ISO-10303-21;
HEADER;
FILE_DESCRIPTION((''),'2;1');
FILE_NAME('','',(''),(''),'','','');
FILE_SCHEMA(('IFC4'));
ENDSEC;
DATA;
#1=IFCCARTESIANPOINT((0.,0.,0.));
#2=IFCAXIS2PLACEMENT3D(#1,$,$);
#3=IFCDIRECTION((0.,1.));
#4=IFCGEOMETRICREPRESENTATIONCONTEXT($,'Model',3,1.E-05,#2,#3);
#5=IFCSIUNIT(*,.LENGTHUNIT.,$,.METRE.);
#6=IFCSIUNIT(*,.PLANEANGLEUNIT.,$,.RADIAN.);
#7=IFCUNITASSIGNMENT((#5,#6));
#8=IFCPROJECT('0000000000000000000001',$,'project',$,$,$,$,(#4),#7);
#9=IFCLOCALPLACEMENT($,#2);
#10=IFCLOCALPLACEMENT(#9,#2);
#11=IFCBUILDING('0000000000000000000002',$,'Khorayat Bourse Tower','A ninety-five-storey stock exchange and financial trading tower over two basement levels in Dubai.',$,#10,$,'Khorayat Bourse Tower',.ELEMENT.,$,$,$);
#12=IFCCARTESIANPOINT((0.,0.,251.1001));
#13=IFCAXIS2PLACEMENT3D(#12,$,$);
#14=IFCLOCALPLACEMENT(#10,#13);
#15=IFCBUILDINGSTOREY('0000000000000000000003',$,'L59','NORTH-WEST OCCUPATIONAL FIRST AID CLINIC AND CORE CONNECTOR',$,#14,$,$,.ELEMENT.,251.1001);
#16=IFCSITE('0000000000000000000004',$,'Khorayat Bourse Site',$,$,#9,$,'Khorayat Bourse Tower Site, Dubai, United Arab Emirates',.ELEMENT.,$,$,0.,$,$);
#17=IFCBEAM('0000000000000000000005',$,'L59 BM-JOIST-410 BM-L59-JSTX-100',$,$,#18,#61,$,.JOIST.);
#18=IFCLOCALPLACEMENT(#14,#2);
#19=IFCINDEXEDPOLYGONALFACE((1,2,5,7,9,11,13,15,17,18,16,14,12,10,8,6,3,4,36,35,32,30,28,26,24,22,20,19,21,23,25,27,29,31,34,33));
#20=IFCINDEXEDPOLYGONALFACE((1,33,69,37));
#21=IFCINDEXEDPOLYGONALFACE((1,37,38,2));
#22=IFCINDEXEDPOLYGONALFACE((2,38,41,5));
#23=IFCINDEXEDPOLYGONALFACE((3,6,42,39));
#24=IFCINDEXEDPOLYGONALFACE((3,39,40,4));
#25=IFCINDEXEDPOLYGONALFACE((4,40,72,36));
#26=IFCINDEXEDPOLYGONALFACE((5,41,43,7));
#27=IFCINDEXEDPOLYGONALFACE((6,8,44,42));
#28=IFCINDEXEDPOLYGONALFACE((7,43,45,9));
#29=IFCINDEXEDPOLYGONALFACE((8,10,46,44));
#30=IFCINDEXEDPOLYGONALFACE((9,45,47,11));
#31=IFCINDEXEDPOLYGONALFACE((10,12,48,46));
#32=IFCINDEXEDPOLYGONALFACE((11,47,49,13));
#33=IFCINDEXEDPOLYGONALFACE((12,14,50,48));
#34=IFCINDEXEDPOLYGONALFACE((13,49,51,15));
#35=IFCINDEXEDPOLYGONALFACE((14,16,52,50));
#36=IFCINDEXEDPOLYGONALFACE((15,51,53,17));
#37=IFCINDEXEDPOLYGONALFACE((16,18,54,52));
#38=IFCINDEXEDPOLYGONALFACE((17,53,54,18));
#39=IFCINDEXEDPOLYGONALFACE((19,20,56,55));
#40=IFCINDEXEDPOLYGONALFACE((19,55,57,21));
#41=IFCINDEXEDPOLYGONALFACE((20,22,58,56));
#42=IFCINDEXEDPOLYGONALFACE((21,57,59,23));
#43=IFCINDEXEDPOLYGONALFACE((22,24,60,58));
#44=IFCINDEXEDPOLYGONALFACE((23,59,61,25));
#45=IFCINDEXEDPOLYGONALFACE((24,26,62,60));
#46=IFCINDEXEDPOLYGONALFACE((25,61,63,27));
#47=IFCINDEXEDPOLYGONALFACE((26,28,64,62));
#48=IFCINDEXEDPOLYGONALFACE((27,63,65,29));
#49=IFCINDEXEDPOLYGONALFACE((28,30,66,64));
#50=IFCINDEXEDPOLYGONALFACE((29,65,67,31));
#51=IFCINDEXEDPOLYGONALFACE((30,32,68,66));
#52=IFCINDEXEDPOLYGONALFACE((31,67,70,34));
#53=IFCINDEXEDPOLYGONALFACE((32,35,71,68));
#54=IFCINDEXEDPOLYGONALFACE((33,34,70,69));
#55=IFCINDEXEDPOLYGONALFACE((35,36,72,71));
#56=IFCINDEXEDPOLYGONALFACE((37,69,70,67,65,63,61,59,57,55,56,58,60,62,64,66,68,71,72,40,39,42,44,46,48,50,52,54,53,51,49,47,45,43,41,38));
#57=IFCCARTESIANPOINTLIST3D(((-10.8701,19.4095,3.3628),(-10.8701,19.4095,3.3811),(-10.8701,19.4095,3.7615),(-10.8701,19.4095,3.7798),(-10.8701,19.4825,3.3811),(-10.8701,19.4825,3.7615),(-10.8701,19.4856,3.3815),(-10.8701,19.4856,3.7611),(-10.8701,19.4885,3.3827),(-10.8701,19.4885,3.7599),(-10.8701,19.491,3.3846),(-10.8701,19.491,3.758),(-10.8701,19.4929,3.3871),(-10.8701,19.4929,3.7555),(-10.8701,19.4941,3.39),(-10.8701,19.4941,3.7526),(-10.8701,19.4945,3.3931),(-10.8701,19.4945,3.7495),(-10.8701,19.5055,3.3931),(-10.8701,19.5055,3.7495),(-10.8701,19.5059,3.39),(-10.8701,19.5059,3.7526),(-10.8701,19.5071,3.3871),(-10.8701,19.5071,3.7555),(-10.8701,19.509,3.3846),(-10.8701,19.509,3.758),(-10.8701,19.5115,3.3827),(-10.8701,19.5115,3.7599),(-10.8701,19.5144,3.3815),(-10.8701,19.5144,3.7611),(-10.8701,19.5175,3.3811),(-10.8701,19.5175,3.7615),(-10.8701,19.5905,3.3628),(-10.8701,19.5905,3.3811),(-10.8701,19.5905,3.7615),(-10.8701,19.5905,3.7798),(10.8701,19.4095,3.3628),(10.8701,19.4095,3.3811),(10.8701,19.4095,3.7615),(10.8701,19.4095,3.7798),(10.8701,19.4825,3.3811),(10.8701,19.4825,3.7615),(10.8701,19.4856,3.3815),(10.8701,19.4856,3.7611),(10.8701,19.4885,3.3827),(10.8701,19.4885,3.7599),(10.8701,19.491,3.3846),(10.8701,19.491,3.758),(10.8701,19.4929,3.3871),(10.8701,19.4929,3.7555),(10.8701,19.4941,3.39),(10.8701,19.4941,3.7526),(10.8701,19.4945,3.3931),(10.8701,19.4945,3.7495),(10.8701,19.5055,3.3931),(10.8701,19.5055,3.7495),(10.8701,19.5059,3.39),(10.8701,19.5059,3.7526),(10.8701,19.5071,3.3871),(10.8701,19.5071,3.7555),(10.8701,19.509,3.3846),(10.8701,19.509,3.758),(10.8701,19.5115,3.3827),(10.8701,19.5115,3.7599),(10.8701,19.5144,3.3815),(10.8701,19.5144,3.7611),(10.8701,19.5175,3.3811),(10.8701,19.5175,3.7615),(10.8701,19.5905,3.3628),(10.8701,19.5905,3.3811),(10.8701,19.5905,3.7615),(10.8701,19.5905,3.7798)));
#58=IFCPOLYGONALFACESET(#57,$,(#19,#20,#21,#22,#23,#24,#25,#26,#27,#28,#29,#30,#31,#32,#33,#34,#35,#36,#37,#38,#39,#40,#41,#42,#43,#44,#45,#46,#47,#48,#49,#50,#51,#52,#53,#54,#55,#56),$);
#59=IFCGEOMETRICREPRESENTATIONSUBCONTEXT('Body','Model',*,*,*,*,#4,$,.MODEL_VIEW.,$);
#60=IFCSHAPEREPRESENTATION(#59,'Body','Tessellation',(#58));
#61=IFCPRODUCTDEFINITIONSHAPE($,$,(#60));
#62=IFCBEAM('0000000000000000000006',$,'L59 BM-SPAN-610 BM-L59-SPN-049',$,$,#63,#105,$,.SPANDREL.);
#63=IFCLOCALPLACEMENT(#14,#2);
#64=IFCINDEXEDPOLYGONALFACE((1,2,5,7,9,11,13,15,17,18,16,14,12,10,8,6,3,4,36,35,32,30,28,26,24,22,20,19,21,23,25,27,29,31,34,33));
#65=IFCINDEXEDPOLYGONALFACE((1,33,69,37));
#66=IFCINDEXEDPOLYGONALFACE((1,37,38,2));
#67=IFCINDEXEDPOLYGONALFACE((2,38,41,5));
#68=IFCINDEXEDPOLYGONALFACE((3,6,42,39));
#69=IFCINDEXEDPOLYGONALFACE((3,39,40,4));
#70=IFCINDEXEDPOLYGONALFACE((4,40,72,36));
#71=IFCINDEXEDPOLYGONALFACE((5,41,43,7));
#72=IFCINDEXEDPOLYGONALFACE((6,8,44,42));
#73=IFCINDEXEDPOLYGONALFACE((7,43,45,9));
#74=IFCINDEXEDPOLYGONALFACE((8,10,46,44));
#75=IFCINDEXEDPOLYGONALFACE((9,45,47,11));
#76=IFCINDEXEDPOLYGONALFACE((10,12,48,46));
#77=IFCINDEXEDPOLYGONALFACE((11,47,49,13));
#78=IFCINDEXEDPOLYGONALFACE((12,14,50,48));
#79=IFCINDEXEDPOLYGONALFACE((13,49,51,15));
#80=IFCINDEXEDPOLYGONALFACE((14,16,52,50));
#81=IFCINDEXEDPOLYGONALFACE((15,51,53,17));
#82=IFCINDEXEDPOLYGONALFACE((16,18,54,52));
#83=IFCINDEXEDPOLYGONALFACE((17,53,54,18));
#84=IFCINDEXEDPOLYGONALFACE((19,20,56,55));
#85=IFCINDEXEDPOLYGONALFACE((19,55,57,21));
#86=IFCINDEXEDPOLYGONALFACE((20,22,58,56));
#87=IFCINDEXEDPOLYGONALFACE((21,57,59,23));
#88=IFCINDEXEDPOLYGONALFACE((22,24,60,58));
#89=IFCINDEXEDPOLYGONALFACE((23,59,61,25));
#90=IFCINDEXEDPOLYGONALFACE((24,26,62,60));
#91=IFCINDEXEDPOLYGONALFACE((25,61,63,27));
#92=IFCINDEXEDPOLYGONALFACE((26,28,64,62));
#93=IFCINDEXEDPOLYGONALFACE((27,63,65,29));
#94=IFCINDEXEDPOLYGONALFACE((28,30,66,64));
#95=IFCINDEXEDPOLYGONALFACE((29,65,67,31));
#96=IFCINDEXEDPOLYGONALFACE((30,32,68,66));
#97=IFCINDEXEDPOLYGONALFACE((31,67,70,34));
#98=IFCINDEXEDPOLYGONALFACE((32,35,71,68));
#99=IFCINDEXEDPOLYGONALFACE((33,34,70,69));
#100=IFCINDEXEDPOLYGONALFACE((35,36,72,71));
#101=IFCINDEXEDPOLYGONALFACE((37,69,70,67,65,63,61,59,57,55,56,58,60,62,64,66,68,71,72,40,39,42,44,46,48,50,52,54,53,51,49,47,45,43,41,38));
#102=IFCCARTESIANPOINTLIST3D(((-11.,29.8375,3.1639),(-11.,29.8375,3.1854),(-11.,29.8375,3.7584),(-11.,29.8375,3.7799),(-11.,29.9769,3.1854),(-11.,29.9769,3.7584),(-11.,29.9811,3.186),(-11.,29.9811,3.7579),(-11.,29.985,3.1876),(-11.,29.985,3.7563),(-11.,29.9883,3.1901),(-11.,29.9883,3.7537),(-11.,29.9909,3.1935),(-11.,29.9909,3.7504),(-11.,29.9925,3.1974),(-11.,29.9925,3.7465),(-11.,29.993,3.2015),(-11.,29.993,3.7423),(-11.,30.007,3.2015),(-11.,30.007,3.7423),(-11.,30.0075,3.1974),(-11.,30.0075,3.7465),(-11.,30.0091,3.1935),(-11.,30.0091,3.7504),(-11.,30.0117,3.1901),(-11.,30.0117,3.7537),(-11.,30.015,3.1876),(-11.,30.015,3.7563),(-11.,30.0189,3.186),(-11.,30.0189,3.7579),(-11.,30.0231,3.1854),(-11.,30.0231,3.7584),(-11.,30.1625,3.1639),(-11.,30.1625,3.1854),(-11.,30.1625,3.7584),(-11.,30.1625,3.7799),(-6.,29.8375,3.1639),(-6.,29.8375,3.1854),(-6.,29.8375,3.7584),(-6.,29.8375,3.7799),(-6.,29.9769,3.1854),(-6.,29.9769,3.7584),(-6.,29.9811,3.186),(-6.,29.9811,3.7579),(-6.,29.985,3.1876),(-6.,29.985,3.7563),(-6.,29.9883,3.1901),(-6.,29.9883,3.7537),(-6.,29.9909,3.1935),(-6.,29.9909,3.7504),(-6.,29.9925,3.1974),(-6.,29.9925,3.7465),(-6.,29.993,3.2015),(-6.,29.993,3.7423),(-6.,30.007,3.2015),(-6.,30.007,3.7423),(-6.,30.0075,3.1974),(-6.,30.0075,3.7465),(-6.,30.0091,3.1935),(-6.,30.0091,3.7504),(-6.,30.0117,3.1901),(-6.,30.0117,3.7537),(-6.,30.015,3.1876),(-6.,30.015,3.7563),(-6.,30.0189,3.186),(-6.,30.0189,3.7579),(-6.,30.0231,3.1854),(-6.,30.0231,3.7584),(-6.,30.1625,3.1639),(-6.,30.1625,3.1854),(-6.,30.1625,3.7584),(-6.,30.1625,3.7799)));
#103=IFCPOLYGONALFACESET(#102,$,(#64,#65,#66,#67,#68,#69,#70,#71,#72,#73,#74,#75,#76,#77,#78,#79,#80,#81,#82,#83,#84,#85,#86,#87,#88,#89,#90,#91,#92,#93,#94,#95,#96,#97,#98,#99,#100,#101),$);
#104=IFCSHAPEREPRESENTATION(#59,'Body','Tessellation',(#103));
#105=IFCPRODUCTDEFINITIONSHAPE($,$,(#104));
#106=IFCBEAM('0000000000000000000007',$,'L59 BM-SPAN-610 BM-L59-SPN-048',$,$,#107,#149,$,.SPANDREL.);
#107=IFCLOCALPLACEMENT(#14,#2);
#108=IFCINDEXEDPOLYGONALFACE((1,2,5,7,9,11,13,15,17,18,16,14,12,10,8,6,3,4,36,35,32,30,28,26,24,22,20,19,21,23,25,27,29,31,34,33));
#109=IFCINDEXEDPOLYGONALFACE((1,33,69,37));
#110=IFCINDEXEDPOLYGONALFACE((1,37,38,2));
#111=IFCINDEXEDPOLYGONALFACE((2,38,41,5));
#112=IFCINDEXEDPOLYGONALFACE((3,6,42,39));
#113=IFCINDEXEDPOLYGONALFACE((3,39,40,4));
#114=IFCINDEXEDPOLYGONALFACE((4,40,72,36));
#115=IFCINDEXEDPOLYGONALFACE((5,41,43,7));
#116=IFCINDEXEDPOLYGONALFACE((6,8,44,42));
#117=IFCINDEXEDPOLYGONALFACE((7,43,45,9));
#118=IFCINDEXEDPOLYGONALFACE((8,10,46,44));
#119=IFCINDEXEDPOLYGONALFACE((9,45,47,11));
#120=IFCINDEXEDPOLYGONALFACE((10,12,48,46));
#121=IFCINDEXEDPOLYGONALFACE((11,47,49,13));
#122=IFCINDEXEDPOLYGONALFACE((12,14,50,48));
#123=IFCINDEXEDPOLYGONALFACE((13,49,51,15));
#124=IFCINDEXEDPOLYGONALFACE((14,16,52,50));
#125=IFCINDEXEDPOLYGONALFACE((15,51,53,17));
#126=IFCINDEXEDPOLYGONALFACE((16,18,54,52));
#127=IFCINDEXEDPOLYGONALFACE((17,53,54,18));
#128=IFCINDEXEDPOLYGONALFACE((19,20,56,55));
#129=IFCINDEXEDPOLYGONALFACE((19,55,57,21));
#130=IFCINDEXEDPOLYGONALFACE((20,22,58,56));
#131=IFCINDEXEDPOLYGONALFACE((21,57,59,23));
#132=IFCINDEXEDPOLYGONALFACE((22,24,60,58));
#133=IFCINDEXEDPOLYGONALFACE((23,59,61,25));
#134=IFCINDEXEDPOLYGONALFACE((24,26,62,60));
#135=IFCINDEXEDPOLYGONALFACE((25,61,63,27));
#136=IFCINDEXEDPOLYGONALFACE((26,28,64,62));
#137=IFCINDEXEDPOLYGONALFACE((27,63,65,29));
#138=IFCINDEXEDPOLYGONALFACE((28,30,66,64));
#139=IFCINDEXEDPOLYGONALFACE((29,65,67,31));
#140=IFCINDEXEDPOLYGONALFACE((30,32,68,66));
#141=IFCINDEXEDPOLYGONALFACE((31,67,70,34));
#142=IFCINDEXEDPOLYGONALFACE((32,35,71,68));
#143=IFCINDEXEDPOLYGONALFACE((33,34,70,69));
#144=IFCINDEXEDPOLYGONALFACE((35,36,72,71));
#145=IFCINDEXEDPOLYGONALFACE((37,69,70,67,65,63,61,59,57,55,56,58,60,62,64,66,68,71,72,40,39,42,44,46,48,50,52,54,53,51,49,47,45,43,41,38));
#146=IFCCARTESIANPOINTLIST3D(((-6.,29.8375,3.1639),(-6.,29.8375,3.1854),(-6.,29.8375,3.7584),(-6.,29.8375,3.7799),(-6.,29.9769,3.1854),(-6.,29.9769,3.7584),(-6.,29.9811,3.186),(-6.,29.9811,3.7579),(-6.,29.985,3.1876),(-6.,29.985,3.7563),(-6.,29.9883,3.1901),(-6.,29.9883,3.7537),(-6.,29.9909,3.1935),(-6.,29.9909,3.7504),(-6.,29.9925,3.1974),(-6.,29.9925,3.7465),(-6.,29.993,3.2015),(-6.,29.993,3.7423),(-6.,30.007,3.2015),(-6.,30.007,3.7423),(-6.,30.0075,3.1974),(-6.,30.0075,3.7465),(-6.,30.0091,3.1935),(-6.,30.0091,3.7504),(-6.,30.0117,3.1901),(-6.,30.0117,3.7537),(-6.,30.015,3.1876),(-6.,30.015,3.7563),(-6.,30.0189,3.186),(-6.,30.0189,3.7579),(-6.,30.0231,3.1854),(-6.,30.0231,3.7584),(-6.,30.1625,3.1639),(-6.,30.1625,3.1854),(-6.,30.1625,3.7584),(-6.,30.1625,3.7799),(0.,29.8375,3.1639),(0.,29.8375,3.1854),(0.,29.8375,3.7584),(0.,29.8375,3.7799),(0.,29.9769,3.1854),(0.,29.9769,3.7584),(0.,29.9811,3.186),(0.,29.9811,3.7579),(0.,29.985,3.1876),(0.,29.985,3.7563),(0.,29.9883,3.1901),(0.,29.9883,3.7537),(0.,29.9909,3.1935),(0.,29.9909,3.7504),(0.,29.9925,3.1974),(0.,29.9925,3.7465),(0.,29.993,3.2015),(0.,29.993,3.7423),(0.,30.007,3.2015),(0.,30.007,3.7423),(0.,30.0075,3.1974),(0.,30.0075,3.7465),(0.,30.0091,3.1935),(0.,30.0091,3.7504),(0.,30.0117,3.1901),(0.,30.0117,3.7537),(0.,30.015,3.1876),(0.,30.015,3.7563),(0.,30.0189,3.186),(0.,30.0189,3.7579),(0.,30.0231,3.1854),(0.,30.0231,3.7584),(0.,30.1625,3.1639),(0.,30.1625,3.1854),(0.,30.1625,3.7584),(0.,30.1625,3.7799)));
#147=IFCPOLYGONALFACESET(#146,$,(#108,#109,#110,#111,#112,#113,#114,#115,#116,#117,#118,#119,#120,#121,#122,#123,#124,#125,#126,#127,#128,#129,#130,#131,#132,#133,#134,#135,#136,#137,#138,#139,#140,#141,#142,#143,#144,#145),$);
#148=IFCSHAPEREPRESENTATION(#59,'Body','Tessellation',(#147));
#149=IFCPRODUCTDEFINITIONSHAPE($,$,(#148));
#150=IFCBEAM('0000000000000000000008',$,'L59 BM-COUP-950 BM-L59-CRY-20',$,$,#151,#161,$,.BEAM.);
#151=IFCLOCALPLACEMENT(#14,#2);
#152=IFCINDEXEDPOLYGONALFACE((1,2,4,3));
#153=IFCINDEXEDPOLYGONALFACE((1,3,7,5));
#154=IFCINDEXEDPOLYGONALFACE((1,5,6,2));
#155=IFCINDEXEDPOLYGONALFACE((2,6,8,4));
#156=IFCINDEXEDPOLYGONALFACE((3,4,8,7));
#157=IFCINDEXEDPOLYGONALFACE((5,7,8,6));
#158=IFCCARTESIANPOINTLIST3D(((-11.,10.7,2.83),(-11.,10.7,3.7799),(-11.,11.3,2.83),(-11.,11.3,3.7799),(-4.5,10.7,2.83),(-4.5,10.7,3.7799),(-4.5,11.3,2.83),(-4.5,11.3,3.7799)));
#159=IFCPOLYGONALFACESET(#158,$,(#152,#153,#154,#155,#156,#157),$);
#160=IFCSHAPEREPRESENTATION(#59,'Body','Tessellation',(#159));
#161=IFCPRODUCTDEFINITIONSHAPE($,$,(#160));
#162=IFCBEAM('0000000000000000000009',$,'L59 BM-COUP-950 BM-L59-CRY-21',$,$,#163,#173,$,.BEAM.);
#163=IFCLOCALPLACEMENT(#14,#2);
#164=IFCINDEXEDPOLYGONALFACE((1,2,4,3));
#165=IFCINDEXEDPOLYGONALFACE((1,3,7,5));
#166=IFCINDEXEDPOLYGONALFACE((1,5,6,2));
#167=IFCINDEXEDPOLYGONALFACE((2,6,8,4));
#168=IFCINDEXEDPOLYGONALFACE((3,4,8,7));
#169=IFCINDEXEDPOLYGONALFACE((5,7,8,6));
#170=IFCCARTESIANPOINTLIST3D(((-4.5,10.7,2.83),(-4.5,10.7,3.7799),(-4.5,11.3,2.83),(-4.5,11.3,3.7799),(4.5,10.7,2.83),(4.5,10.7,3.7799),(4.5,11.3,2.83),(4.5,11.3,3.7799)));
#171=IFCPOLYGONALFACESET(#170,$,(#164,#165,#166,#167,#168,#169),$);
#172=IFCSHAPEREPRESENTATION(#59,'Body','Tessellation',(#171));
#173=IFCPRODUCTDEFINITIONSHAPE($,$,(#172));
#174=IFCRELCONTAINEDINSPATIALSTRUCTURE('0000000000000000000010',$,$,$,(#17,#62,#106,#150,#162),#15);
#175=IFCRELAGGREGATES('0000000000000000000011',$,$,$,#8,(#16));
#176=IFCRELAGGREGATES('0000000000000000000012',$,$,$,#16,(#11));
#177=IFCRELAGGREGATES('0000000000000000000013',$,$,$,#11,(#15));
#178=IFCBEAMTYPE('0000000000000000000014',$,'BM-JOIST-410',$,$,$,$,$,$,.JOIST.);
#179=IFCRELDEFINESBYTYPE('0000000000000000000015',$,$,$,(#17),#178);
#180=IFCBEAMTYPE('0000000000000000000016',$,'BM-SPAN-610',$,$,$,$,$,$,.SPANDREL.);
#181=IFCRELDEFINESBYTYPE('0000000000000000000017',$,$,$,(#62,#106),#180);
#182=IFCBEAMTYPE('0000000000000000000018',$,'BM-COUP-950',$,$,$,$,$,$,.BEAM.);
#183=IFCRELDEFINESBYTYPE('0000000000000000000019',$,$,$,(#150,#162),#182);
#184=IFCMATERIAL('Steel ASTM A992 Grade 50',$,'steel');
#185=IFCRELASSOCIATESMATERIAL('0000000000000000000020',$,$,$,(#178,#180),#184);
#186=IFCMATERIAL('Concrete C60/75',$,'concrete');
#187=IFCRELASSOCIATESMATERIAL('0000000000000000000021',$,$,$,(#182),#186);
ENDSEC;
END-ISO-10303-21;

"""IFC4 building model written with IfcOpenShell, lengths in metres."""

from ifc_helpers import new_model, si_unit, direction, frame, origin, origin_2d, place, context, subcontext, project, spatial, rectangle, i_section, extrude, source, transform, mapped, material, material_profile, profile_set, type_object, element, save


model = new_model("IFC4")

# Units and contexts
model_context = context("Model", 3, precision=1e-05, world=origin(), true_north=direction((0.0, 1.0)))
body_context = subcontext(model_context, "Body", "Model", "MODEL_VIEW")
ifc_project = project(units=[si_unit("LENGTHUNIT", "METRE"), si_unit("PLANEANGLEUNIT", "RADIAN")], contexts=[model_context])

# Site, building, storey
site_placement = place(None, origin())
site = spatial("IfcSite", under=ifc_project, at=site_placement, Name="Khorayat Bourse Site", LongName="Khorayat Bourse Tower Site, Dubai, United Arab Emirates", CompositionType="ELEMENT", RefElevation=0.0)
building_placement = place(site_placement, origin())
building = spatial("IfcBuilding", under=site, at=building_placement, Name="Khorayat Bourse Tower", Description="A ninety-five-storey stock exchange and financial trading tower over two basement levels in Dubai.", LongName="Khorayat Bourse Tower", CompositionType="ELEMENT")
storey_placement = place(building_placement, frame((0.0, 0.0, 251.1001)))
storey = spatial("IfcBuildingStorey", under=building, at=storey_placement, Name="L59", Description="NORTH-WEST OCCUPATIONAL FIRST AID CLINIC AND CORE CONNECTOR", CompositionType="ELEMENT", Elevation=251.1001)

# Shared definitions
ifc_material_1 = material(Name="Concrete C60/75", Category="concrete")

# Beams
ifc_material_2 = material(Name="Steel ASTM A992 Grade 50", Category="steel")
ifc_material_profile_1 = material_profile(ifc_material_2, i_section(OverallWidth=0.1809, OverallDepth=0.417, WebThickness=0.011, FlangeThickness=0.0183, FilletRadius=0.012, at=origin_2d()), Name="W410X85")
ifc_profile_set_1 = profile_set([ifc_material_profile_1], Name="Steel ASTM A992 Grade 50")
beam_type_1 = type_object("IfcBeamType", Name="BM-JOIST-410", PredefinedType="JOIST", material=ifc_profile_set_1)
shared_shape_1 = source(origin(), body_context, "Body", "SweptSolid", [
    extrude(i_section(OverallWidth=0.1809, OverallDepth=0.417, WebThickness=0.011, FlangeThickness=0.0183, FilletRadius=0.012, at=origin_2d()), origin(), (0.0, 0.0, 1.0), 21.7402),
])
beam_1_placement = place(storey_placement, frame((-10.8701, 19.5, 3.5713), z_axis=(1.0, 0.0, 0.0), x_axis=(0.0, 1.0, 0.0)))
element("IfcBeam", 1, at=beam_1_placement, inside=storey, type_object=beam_type_1, Name="L59 BM-JOIST-410 BM-L59-JSTX-100", PredefinedType="JOIST", context=body_context, shape_type="MappedRepresentation", body=[
    mapped(shared_shape_1, transform((0.0, 0.0, 0.0), scale=1.0)),
])
ifc_material_profile_2 = material_profile(ifc_material_2, i_section(OverallWidth=0.325, OverallDepth=0.616, WebThickness=0.0139, FlangeThickness=0.0215, FilletRadius=0.0161, at=origin_2d()), Name="W610X174")
ifc_profile_set_2 = profile_set([ifc_material_profile_2], Name="Steel ASTM A992 Grade 50")
beam_type_2 = type_object("IfcBeamType", Name="BM-SPAN-610", PredefinedType="SPANDREL", material=ifc_profile_set_2)
shared_shape_2 = source(origin(), body_context, "Body", "SweptSolid", [
    extrude(i_section(OverallWidth=0.325, OverallDepth=0.616, WebThickness=0.0139, FlangeThickness=0.0215, FilletRadius=0.0161, at=origin_2d()), origin(), (0.0, 0.0, 1.0), 5.0),
])
beam_2_placement = place(storey_placement, frame((-11.0, 30.0, 3.4719), z_axis=(1.0, 0.0, 0.0), x_axis=(0.0, 1.0, 0.0)))
element("IfcBeam", 2, at=beam_2_placement, inside=storey, type_object=beam_type_2, Name="L59 BM-SPAN-610 BM-L59-SPN-049", PredefinedType="SPANDREL", context=body_context, shape_type="MappedRepresentation", body=[
    mapped(shared_shape_2, transform((0.0, 0.0, 0.0), scale=1.0)),
])
shared_shape_3 = source(origin(), body_context, "Body", "SweptSolid", [
    extrude(i_section(OverallWidth=0.325, OverallDepth=0.616, WebThickness=0.0139, FlangeThickness=0.0215, FilletRadius=0.0161, at=origin_2d()), origin(), (0.0, 0.0, 1.0), 6.0),
])
beam_3_placement = place(storey_placement, frame((-6.0, 30.0, 3.4719), z_axis=(1.0, 0.0, 0.0), x_axis=(0.0, 1.0, 0.0)))
element("IfcBeam", 3, at=beam_3_placement, inside=storey, type_object=beam_type_2, Name="L59 BM-SPAN-610 BM-L59-SPN-048", PredefinedType="SPANDREL", context=body_context, shape_type="MappedRepresentation", body=[
    mapped(shared_shape_3, transform((0.0, 0.0, 0.0), scale=1.0)),
])
ifc_material_profile_3 = material_profile(ifc_material_1, rectangle(XDim=0.6001, YDim=0.95, at=origin_2d()), Name="RC 600x950")
ifc_profile_set_3 = profile_set([ifc_material_profile_3], Name="Concrete C60/75")
beam_type_3 = type_object("IfcBeamType", Name="BM-COUP-950", PredefinedType="BEAM", material=ifc_profile_set_3)
shared_shape_4 = source(origin(), body_context, "Body", "SweptSolid", [
    extrude(rectangle(XDim=0.6001, YDim=0.95, at=origin_2d()), origin(), (0.0, 0.0, 1.0), 6.5),
])
beam_4_placement = place(storey_placement, frame((-11.0, 11.0, 3.3049), z_axis=(1.0, 0.0, 0.0), x_axis=(0.0, 1.0, 0.0)))
element("IfcBeam", 4, at=beam_4_placement, inside=storey, type_object=beam_type_3, Name="L59 BM-COUP-950 BM-L59-CRY-20", PredefinedType="BEAM", context=body_context, shape_type="MappedRepresentation", body=[
    mapped(shared_shape_4, transform((0.0, 0.0, 0.0), scale=1.0)),
])
shared_shape_5 = source(origin(), body_context, "Body", "SweptSolid", [
    extrude(rectangle(XDim=0.6001, YDim=0.95, at=origin_2d()), origin(), (0.0, 0.0, 1.0), 9.0),
])
beam_5_placement = place(storey_placement, frame((-4.5, 11.0, 3.3049), z_axis=(1.0, 0.0, 0.0), x_axis=(0.0, 1.0, 0.0)))
element("IfcBeam", 5, at=beam_5_placement, inside=storey, type_object=beam_type_3, Name="L59 BM-COUP-950 BM-L59-CRY-21", PredefinedType="BEAM", context=body_context, shape_type="MappedRepresentation", body=[
    mapped(shared_shape_5, transform((0.0, 0.0, 0.0), scale=1.0)),
])

save(model, "model.ifc")
